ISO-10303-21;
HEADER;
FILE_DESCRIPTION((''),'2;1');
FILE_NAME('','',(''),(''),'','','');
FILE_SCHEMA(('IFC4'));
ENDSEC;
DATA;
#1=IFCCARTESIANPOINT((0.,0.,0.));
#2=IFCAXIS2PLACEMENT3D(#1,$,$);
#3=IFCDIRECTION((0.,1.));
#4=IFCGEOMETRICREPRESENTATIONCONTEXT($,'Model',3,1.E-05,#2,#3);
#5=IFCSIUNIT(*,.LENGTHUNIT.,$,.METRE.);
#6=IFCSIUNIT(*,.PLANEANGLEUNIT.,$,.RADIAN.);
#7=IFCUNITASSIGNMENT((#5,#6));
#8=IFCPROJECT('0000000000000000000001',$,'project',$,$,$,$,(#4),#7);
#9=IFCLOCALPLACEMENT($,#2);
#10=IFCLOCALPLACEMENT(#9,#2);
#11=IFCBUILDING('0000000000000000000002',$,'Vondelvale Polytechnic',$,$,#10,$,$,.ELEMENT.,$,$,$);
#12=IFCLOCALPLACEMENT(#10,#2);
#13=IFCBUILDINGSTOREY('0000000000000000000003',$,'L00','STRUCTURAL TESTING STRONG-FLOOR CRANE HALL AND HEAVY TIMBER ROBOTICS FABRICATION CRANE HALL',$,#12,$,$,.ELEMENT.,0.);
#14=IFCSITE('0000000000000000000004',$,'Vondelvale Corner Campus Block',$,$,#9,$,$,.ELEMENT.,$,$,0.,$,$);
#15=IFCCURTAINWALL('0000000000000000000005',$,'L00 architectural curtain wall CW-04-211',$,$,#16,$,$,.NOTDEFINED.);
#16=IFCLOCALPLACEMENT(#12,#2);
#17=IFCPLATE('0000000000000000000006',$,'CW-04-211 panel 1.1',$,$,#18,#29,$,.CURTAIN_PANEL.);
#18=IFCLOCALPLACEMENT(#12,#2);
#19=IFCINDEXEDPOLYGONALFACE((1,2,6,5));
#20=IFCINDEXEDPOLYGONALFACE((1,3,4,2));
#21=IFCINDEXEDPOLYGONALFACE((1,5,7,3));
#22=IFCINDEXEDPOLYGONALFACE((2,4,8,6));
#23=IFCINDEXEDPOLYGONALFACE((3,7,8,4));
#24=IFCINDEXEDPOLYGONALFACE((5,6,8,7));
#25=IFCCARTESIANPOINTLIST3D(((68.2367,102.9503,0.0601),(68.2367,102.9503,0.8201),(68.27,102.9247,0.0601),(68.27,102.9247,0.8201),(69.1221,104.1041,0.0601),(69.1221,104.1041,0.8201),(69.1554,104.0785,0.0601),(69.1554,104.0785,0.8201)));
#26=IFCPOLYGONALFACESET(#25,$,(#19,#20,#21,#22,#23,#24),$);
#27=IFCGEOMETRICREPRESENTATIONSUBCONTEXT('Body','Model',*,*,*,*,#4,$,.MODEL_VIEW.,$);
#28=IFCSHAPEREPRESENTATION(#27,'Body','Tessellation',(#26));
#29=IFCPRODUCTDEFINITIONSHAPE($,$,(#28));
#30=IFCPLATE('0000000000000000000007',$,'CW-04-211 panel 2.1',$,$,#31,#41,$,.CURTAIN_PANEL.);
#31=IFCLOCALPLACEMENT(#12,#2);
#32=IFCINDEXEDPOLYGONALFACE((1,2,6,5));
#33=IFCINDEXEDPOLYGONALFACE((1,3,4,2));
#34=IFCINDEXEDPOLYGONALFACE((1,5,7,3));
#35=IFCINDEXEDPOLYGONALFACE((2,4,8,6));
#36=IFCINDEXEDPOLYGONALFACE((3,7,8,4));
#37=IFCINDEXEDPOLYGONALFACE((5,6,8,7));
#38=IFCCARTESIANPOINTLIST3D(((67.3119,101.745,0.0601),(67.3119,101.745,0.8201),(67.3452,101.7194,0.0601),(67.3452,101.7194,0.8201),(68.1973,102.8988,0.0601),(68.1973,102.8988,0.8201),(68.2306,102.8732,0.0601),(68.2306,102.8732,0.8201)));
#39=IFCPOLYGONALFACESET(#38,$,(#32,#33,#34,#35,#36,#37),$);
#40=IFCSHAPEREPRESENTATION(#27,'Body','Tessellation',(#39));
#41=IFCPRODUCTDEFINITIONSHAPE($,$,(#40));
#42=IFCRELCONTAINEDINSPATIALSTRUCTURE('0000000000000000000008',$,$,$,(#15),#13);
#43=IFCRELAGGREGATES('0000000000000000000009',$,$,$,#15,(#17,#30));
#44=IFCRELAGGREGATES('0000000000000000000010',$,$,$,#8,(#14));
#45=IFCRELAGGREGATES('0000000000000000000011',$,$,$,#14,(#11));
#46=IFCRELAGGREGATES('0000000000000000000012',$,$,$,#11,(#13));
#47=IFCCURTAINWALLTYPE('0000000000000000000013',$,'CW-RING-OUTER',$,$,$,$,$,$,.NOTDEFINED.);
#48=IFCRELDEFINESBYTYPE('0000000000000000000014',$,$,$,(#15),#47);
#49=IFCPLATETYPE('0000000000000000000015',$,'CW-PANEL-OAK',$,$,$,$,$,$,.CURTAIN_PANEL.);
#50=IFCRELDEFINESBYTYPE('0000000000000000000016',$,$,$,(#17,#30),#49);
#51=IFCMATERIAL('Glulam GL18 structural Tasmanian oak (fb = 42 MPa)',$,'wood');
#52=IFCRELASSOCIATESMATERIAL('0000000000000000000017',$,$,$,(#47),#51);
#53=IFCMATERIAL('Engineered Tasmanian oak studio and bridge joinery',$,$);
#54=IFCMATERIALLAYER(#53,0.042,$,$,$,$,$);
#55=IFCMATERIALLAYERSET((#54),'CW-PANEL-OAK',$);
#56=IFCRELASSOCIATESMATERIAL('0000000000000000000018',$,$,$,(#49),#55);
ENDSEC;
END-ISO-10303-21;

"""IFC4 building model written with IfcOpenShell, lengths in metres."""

from ifc_helpers import new_model, si_unit, direction, frame, origin, origin_2d, place, context, subcontext, project, spatial, rectangle, extrude, material, layer, layer_set, type_object, element, aggregate, save


model = new_model("IFC4")

# Units and contexts
model_context = context("Model", 3, precision=1e-05, world=origin(), true_north=direction((0.0, 1.0)))
body_context = subcontext(model_context, "Body", "Model", "MODEL_VIEW")
ifc_project = project(units=[si_unit("LENGTHUNIT", "METRE"), si_unit("PLANEANGLEUNIT", "RADIAN")], contexts=[model_context])

# Site, building, storey
site_placement = place(None, origin())
site = spatial("IfcSite", under=ifc_project, at=site_placement, Name="Vondelvale Corner Campus Block", CompositionType="ELEMENT", RefElevation=0.0)
building_placement = place(site_placement, origin())
building = spatial("IfcBuilding", under=site, at=building_placement, Name="Vondelvale Polytechnic", CompositionType="ELEMENT")
storey_placement = place(building_placement, origin())
storey = spatial("IfcBuildingStorey", under=building, at=storey_placement, Name="L00", Description="STRUCTURAL TESTING STRONG-FLOOR CRANE HALL AND HEAVY TIMBER ROBOTICS FABRICATION CRANE HALL", CompositionType="ELEMENT", Elevation=0.0)

# Shared definitions
ifc_material_1 = material(Name="Glulam GL18 structural Tasmanian oak (fb = 42 MPa)", Category="wood")

# Curtain wall, plates
curtain_wall_type = type_object("IfcCurtainWallType", Name="CW-RING-OUTER", PredefinedType="NOTDEFINED", material=ifc_material_1)
curtain_wall_placement = place(storey_placement, origin())
curtain_wall = element("IfcCurtainWall", 1, at=curtain_wall_placement, inside=storey, type_object=curtain_wall_type, Name="L00 architectural curtain wall CW-04-211", PredefinedType="NOTDEFINED")
ifc_material_2 = material(Name="Engineered Tasmanian oak studio and bridge joinery")
ifc_layer_1 = layer(ifc_material_2, 0.042)
ifc_layer_set_1 = layer_set([ifc_layer_1], Name="CW-PANEL-OAK")
plate_type_1 = type_object("IfcPlateType", Name="CW-PANEL-OAK", PredefinedType="CURTAIN_PANEL", material=ifc_layer_set_1)
plate_1_placement = place(storey_placement, frame((68.696, 103.5144, 0.0601), z_axis=(0.0, 0.0, 1.0), x_axis=(-0.608764, -0.793352, 0.0)))
plate_1 = element("IfcPlate", 2, at=plate_1_placement, type_object=plate_type_1, Name="CW-04-211 panel 1.1", PredefinedType="CURTAIN_PANEL", context=body_context, shape_type="SweptSolid", body=[
    extrude(rectangle(XDim=1.4543, YDim=0.042, at=origin_2d()), origin(), (0.0, 0.0, 1.0), 0.76),
])
plate_2_placement = place(storey_placement, frame((67.7712, 102.3091, 0.0601), z_axis=(0.0, 0.0, 1.0), x_axis=(-0.608764, -0.793352, 0.0)))
plate_2 = element("IfcPlate", 3, at=plate_2_placement, type_object=plate_type_1, Name="CW-04-211 panel 2.1", PredefinedType="CURTAIN_PANEL", context=body_context, shape_type="SweptSolid", body=[
    extrude(rectangle(XDim=1.4543, YDim=0.042, at=origin_2d()), origin(), (0.0, 0.0, 1.0), 0.76),
])
aggregate(curtain_wall, [plate_1, plate_2])

save(model, "model.ifc")
